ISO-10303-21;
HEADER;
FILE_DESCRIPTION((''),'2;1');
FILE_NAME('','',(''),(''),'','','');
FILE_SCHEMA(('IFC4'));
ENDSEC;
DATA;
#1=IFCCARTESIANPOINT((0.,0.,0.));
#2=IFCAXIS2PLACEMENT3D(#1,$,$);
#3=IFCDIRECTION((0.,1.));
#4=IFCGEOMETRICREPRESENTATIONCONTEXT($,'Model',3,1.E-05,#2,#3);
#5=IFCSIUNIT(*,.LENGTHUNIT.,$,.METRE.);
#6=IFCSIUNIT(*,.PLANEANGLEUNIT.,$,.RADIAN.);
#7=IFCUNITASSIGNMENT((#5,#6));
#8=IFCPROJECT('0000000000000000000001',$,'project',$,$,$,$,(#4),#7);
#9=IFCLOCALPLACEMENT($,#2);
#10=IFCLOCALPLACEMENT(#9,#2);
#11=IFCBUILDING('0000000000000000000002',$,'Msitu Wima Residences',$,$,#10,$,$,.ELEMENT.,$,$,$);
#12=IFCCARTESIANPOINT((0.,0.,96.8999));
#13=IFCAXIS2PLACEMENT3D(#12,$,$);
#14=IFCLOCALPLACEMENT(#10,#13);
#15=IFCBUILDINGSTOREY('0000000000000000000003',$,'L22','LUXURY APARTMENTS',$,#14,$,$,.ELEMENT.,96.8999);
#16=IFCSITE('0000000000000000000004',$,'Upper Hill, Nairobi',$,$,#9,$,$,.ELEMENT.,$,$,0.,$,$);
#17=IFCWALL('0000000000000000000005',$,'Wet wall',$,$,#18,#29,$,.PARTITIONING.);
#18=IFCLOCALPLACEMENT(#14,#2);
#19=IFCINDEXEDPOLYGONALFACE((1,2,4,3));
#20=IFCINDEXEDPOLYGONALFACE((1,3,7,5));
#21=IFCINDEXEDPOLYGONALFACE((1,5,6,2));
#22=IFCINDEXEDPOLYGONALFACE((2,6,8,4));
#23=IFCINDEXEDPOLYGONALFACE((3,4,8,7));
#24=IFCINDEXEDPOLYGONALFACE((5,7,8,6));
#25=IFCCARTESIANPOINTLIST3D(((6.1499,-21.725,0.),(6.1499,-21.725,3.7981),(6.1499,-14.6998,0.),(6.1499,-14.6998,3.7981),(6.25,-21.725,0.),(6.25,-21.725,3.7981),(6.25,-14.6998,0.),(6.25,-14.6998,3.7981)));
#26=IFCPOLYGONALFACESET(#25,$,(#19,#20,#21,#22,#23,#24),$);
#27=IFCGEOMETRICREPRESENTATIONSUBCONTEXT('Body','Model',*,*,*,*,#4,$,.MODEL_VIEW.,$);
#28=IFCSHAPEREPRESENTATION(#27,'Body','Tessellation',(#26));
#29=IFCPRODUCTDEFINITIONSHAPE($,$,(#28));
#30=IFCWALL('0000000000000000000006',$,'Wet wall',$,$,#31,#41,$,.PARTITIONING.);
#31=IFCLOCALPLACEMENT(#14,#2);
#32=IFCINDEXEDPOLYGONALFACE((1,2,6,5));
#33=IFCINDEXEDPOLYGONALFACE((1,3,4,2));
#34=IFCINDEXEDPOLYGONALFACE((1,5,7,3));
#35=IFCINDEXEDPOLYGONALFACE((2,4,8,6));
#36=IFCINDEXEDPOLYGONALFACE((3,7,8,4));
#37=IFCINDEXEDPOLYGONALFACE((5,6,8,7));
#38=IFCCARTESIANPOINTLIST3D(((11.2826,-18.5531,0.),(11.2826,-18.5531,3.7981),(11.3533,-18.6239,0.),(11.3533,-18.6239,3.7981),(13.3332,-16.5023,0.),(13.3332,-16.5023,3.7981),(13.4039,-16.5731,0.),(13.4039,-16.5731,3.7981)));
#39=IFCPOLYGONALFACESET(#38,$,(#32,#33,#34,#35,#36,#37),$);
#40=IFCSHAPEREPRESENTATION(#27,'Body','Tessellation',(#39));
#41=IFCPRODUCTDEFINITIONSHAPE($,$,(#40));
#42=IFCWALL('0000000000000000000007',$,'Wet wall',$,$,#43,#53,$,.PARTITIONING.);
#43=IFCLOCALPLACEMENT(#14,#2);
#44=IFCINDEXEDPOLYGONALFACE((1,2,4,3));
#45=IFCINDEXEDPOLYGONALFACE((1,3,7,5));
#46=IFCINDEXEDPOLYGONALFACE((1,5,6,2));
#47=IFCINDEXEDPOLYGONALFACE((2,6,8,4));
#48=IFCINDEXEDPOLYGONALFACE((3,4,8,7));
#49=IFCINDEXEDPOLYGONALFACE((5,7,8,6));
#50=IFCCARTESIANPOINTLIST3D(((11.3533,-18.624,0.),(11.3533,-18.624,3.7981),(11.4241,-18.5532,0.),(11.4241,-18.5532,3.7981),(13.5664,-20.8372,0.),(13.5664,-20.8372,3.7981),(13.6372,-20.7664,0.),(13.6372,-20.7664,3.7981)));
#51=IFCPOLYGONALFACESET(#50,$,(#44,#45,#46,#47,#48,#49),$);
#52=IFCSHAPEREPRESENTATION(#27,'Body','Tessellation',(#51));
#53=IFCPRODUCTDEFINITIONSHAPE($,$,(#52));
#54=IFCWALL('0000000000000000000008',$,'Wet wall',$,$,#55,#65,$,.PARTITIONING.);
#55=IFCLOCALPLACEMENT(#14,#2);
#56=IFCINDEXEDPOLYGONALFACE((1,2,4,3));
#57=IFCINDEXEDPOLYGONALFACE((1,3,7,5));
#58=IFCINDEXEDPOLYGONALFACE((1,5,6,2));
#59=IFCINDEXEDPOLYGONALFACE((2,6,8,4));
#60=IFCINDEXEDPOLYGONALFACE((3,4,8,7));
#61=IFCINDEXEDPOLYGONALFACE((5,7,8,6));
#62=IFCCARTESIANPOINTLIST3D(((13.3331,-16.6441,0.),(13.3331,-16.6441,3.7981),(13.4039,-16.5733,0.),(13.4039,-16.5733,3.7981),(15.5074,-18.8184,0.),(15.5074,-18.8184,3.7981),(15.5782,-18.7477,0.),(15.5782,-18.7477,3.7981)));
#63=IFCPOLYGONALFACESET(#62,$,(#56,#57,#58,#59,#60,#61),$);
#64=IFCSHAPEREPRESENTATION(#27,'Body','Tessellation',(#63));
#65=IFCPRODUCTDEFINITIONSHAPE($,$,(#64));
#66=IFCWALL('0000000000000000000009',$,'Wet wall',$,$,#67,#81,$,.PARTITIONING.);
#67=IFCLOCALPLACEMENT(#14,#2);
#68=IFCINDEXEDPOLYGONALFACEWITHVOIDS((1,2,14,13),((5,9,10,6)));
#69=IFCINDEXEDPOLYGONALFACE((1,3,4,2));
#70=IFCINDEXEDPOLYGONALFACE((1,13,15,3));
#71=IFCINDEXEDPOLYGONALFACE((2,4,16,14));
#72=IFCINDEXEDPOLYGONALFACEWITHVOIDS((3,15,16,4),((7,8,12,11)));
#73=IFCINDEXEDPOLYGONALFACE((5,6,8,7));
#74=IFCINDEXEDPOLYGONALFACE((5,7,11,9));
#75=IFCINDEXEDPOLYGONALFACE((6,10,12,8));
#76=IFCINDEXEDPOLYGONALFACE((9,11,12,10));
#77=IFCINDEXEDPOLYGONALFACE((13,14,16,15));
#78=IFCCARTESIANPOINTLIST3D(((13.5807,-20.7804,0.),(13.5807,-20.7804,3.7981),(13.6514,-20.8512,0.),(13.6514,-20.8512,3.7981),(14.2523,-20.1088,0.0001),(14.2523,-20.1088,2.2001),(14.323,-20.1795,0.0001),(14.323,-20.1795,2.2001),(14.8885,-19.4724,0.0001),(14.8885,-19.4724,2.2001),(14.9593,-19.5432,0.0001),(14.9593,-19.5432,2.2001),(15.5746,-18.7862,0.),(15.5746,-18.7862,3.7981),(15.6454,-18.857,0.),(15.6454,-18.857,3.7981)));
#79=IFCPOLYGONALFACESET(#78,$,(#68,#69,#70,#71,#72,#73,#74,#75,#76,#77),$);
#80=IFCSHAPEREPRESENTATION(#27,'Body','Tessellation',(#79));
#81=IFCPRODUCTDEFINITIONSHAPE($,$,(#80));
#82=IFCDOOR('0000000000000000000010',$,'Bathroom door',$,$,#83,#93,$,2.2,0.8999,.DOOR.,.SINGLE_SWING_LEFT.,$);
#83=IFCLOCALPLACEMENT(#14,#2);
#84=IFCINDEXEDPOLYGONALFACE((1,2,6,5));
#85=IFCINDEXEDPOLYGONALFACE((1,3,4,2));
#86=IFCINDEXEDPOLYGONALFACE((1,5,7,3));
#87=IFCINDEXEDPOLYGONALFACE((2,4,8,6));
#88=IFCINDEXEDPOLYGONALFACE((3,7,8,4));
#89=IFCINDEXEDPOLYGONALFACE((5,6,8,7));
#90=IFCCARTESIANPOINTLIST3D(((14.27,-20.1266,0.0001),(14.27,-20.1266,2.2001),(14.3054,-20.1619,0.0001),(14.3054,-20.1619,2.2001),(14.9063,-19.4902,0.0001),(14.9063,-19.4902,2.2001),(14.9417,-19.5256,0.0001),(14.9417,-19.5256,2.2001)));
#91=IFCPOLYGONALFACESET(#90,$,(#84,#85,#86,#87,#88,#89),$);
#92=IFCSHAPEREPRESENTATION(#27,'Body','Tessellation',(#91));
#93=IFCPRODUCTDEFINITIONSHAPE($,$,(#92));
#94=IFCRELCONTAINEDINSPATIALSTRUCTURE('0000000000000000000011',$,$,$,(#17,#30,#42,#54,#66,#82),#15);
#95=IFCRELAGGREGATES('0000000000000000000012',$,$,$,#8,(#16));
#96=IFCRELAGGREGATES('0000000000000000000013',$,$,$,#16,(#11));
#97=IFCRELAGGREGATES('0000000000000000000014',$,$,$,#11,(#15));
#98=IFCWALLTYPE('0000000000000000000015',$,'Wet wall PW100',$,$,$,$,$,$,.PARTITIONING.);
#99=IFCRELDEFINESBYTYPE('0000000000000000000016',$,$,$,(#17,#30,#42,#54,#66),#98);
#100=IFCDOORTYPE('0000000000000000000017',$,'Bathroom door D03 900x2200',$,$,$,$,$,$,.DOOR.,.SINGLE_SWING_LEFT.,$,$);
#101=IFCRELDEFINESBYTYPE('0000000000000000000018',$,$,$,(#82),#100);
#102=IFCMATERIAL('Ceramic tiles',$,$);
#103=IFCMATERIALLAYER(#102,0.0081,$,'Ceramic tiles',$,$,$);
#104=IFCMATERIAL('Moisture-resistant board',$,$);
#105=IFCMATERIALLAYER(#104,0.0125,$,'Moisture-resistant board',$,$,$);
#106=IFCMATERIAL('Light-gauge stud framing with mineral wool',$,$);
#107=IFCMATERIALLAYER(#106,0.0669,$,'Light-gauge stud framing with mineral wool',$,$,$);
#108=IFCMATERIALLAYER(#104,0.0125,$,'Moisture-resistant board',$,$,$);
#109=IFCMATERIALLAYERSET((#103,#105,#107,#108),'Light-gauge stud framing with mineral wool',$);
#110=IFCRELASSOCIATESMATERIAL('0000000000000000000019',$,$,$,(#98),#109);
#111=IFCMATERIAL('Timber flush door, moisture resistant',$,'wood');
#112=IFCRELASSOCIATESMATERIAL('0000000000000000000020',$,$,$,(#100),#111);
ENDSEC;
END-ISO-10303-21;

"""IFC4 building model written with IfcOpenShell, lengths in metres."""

from ifc_helpers import new_model, si_unit, direction, frame, frame_2d, origin, place, context, subcontext, project, spatial, rectangle, extrude, material, layer, layer_set, type_object, element, fill, save


model = new_model("IFC4")

# Units and contexts
model_context = context("Model", 3, precision=1e-05, world=origin(), true_north=direction((0.0, 1.0)))
body_context = subcontext(model_context, "Body", "Model", "MODEL_VIEW")
ifc_project = project(units=[si_unit("LENGTHUNIT", "METRE"), si_unit("PLANEANGLEUNIT", "RADIAN")], contexts=[model_context])

# Site, building, storey
site_placement = place(None, origin())
site = spatial("IfcSite", under=ifc_project, at=site_placement, Name="Upper Hill, Nairobi", CompositionType="ELEMENT", RefElevation=0.0)
building_placement = place(site_placement, origin())
building = spatial("IfcBuilding", under=site, at=building_placement, Name="Msitu Wima Residences", CompositionType="ELEMENT")
storey_placement = place(building_placement, frame((0.0, 0.0, 96.8999)))
storey = spatial("IfcBuildingStorey", under=building, at=storey_placement, Name="L22", Description="LUXURY APARTMENTS", CompositionType="ELEMENT", Elevation=96.8999)

# Shared definitions
ifc_material_1 = material(Name="Ceramic tiles")
ifc_layer_1 = layer(ifc_material_1, 0.0081, Name="Ceramic tiles")
ifc_material_2 = material(Name="Moisture-resistant board")
ifc_layer_2 = layer(ifc_material_2, 0.0125, Name="Moisture-resistant board")
ifc_material_3 = material(Name="Light-gauge stud framing with mineral wool")
ifc_layer_3 = layer(ifc_material_3, 0.0669, Name="Light-gauge stud framing with mineral wool")
ifc_layer_4 = layer(ifc_material_2, 0.0125, Name="Moisture-resistant board")
ifc_layer_set_1 = layer_set([ifc_layer_1, ifc_layer_2, ifc_layer_3, ifc_layer_4], Name="Light-gauge stud framing with mineral wool")
wall_type_1 = type_object("IfcWallType", Name="Wet wall PW100", PredefinedType="PARTITIONING", material=ifc_layer_set_1)

# Shared definitions
ifc_material_4 = material(Name="Timber flush door, moisture resistant", Category="wood")
door_type_1 = type_object("IfcDoorType", Name="Bathroom door D03 900x2200", OperationType="SINGLE_SWING_LEFT", PredefinedType="DOOR", material=ifc_material_4)

# Walls
wall_1_placement = place(storey_placement, frame((6.2, -21.7251, 0.0), z_axis=(0.0, 0.0, 1.0), x_axis=(0.0, 1.0, 0.0)))
element("IfcWall", 1, at=wall_1_placement, inside=storey, type_object=wall_type_1, Name="Wet wall", PredefinedType="PARTITIONING", context=body_context, shape_type="SweptSolid", body=[
    extrude(rectangle(XDim=7.0251, YDim=0.1001, at=frame_2d((3.5127, 0.0))), origin(), (0.0, 0.0, 1.0), 3.7981),
])
wall_2_placement = place(storey_placement, frame((11.3179, -18.5886, 0.0), z_axis=(0.0, 0.0, 1.0), x_axis=(0.707065, 0.707149, 0.0)))
element("IfcWall", 2, at=wall_2_placement, inside=storey, type_object=wall_type_1, Name="Wet wall", PredefinedType="PARTITIONING", context=body_context, shape_type="SweptSolid", body=[
    extrude(rectangle(XDim=2.9001, YDim=0.1001, at=frame_2d((1.4502, 0.0))), origin(), (0.0, 0.0, 1.0), 3.7981),
])
wall_3_placement = place(storey_placement, frame((11.3887, -18.5886, 0.0), z_axis=(0.0, 0.0, 1.0), x_axis=(0.707107, -0.707107, 0.0)))
element("IfcWall", 3, at=wall_3_placement, inside=storey, type_object=wall_type_1, Name="Wet wall", PredefinedType="PARTITIONING", context=body_context, shape_type="SweptSolid", body=[
    extrude(rectangle(XDim=3.1299, YDim=0.1001, at=frame_2d((1.5649, 0.0))), origin(), (0.0, 0.0, 1.0), 3.7981),
])
wall_4_placement = place(storey_placement, frame((13.3684, -16.6086, 0.0), z_axis=(0.0, 0.0, 1.0), x_axis=(0.707107, -0.707107, 0.0)))
element("IfcWall", 4, at=wall_4_placement, inside=storey, type_object=wall_type_1, Name="Wet wall", PredefinedType="PARTITIONING", context=body_context, shape_type="SweptSolid", body=[
    extrude(rectangle(XDim=3.075, YDim=0.1001, at=frame_2d((1.5376, 0.0))), origin(), (0.0, 0.0, 1.0), 3.7981),
])

# Wall, opening, door
wall_5_placement = place(storey_placement, frame((13.616, -20.8159, 0.0), z_axis=(0.0, 0.0, 1.0), x_axis=(0.707063, 0.70715, 0.0)))
wall_5 = element("IfcWall", 5, at=wall_5_placement, inside=storey, type_object=wall_type_1, Name="Wet wall", PredefinedType="PARTITIONING", context=body_context, shape_type="SweptSolid", body=[
    extrude(rectangle(XDim=2.8201, YDim=0.1001, at=frame_2d((1.4102, 0.0))), origin(), (0.0, 0.0, 1.0), 3.7981),
])
opening_1_placement = place(wall_5_placement, frame((0.95, 0.0, 0.0)))
opening_1 = element("IfcOpeningElement", 6, at=opening_1_placement, cuts=wall_5, PredefinedType="OPENING", context=body_context, shape_type="SweptSolid", body=[
    extrude(rectangle(XDim=0.8999, YDim=2.2, at=frame_2d((0.45, 1.1001))), frame((0.0, 0.0601, 0.0), z_axis=(0.0, -1.0, 0.0), x_axis=(1.0, 0.0, 0.0)), (0.0, 0.0, 1.0), 0.1201),
])
door_1_placement = place(opening_1_placement, origin())
door_1 = element("IfcDoor", 7, at=door_1_placement, inside=storey, type_object=door_type_1, Name="Bathroom door", OperationType="SINGLE_SWING_LEFT", OverallHeight=2.2, OverallWidth=0.8999, PredefinedType="DOOR", context=body_context, shape_type="SweptSolid", body=[
    extrude(rectangle(XDim=0.8999, YDim=2.2, at=frame_2d((0.45, 1.1001))), frame((0.0, 0.0249, 0.0), z_axis=(0.0, -1.0, 0.0), x_axis=(1.0, 0.0, 0.0)), (0.0, 0.0, 1.0), 0.05),
])
fill(opening_1, door_1)

save(model, "model.ifc")
